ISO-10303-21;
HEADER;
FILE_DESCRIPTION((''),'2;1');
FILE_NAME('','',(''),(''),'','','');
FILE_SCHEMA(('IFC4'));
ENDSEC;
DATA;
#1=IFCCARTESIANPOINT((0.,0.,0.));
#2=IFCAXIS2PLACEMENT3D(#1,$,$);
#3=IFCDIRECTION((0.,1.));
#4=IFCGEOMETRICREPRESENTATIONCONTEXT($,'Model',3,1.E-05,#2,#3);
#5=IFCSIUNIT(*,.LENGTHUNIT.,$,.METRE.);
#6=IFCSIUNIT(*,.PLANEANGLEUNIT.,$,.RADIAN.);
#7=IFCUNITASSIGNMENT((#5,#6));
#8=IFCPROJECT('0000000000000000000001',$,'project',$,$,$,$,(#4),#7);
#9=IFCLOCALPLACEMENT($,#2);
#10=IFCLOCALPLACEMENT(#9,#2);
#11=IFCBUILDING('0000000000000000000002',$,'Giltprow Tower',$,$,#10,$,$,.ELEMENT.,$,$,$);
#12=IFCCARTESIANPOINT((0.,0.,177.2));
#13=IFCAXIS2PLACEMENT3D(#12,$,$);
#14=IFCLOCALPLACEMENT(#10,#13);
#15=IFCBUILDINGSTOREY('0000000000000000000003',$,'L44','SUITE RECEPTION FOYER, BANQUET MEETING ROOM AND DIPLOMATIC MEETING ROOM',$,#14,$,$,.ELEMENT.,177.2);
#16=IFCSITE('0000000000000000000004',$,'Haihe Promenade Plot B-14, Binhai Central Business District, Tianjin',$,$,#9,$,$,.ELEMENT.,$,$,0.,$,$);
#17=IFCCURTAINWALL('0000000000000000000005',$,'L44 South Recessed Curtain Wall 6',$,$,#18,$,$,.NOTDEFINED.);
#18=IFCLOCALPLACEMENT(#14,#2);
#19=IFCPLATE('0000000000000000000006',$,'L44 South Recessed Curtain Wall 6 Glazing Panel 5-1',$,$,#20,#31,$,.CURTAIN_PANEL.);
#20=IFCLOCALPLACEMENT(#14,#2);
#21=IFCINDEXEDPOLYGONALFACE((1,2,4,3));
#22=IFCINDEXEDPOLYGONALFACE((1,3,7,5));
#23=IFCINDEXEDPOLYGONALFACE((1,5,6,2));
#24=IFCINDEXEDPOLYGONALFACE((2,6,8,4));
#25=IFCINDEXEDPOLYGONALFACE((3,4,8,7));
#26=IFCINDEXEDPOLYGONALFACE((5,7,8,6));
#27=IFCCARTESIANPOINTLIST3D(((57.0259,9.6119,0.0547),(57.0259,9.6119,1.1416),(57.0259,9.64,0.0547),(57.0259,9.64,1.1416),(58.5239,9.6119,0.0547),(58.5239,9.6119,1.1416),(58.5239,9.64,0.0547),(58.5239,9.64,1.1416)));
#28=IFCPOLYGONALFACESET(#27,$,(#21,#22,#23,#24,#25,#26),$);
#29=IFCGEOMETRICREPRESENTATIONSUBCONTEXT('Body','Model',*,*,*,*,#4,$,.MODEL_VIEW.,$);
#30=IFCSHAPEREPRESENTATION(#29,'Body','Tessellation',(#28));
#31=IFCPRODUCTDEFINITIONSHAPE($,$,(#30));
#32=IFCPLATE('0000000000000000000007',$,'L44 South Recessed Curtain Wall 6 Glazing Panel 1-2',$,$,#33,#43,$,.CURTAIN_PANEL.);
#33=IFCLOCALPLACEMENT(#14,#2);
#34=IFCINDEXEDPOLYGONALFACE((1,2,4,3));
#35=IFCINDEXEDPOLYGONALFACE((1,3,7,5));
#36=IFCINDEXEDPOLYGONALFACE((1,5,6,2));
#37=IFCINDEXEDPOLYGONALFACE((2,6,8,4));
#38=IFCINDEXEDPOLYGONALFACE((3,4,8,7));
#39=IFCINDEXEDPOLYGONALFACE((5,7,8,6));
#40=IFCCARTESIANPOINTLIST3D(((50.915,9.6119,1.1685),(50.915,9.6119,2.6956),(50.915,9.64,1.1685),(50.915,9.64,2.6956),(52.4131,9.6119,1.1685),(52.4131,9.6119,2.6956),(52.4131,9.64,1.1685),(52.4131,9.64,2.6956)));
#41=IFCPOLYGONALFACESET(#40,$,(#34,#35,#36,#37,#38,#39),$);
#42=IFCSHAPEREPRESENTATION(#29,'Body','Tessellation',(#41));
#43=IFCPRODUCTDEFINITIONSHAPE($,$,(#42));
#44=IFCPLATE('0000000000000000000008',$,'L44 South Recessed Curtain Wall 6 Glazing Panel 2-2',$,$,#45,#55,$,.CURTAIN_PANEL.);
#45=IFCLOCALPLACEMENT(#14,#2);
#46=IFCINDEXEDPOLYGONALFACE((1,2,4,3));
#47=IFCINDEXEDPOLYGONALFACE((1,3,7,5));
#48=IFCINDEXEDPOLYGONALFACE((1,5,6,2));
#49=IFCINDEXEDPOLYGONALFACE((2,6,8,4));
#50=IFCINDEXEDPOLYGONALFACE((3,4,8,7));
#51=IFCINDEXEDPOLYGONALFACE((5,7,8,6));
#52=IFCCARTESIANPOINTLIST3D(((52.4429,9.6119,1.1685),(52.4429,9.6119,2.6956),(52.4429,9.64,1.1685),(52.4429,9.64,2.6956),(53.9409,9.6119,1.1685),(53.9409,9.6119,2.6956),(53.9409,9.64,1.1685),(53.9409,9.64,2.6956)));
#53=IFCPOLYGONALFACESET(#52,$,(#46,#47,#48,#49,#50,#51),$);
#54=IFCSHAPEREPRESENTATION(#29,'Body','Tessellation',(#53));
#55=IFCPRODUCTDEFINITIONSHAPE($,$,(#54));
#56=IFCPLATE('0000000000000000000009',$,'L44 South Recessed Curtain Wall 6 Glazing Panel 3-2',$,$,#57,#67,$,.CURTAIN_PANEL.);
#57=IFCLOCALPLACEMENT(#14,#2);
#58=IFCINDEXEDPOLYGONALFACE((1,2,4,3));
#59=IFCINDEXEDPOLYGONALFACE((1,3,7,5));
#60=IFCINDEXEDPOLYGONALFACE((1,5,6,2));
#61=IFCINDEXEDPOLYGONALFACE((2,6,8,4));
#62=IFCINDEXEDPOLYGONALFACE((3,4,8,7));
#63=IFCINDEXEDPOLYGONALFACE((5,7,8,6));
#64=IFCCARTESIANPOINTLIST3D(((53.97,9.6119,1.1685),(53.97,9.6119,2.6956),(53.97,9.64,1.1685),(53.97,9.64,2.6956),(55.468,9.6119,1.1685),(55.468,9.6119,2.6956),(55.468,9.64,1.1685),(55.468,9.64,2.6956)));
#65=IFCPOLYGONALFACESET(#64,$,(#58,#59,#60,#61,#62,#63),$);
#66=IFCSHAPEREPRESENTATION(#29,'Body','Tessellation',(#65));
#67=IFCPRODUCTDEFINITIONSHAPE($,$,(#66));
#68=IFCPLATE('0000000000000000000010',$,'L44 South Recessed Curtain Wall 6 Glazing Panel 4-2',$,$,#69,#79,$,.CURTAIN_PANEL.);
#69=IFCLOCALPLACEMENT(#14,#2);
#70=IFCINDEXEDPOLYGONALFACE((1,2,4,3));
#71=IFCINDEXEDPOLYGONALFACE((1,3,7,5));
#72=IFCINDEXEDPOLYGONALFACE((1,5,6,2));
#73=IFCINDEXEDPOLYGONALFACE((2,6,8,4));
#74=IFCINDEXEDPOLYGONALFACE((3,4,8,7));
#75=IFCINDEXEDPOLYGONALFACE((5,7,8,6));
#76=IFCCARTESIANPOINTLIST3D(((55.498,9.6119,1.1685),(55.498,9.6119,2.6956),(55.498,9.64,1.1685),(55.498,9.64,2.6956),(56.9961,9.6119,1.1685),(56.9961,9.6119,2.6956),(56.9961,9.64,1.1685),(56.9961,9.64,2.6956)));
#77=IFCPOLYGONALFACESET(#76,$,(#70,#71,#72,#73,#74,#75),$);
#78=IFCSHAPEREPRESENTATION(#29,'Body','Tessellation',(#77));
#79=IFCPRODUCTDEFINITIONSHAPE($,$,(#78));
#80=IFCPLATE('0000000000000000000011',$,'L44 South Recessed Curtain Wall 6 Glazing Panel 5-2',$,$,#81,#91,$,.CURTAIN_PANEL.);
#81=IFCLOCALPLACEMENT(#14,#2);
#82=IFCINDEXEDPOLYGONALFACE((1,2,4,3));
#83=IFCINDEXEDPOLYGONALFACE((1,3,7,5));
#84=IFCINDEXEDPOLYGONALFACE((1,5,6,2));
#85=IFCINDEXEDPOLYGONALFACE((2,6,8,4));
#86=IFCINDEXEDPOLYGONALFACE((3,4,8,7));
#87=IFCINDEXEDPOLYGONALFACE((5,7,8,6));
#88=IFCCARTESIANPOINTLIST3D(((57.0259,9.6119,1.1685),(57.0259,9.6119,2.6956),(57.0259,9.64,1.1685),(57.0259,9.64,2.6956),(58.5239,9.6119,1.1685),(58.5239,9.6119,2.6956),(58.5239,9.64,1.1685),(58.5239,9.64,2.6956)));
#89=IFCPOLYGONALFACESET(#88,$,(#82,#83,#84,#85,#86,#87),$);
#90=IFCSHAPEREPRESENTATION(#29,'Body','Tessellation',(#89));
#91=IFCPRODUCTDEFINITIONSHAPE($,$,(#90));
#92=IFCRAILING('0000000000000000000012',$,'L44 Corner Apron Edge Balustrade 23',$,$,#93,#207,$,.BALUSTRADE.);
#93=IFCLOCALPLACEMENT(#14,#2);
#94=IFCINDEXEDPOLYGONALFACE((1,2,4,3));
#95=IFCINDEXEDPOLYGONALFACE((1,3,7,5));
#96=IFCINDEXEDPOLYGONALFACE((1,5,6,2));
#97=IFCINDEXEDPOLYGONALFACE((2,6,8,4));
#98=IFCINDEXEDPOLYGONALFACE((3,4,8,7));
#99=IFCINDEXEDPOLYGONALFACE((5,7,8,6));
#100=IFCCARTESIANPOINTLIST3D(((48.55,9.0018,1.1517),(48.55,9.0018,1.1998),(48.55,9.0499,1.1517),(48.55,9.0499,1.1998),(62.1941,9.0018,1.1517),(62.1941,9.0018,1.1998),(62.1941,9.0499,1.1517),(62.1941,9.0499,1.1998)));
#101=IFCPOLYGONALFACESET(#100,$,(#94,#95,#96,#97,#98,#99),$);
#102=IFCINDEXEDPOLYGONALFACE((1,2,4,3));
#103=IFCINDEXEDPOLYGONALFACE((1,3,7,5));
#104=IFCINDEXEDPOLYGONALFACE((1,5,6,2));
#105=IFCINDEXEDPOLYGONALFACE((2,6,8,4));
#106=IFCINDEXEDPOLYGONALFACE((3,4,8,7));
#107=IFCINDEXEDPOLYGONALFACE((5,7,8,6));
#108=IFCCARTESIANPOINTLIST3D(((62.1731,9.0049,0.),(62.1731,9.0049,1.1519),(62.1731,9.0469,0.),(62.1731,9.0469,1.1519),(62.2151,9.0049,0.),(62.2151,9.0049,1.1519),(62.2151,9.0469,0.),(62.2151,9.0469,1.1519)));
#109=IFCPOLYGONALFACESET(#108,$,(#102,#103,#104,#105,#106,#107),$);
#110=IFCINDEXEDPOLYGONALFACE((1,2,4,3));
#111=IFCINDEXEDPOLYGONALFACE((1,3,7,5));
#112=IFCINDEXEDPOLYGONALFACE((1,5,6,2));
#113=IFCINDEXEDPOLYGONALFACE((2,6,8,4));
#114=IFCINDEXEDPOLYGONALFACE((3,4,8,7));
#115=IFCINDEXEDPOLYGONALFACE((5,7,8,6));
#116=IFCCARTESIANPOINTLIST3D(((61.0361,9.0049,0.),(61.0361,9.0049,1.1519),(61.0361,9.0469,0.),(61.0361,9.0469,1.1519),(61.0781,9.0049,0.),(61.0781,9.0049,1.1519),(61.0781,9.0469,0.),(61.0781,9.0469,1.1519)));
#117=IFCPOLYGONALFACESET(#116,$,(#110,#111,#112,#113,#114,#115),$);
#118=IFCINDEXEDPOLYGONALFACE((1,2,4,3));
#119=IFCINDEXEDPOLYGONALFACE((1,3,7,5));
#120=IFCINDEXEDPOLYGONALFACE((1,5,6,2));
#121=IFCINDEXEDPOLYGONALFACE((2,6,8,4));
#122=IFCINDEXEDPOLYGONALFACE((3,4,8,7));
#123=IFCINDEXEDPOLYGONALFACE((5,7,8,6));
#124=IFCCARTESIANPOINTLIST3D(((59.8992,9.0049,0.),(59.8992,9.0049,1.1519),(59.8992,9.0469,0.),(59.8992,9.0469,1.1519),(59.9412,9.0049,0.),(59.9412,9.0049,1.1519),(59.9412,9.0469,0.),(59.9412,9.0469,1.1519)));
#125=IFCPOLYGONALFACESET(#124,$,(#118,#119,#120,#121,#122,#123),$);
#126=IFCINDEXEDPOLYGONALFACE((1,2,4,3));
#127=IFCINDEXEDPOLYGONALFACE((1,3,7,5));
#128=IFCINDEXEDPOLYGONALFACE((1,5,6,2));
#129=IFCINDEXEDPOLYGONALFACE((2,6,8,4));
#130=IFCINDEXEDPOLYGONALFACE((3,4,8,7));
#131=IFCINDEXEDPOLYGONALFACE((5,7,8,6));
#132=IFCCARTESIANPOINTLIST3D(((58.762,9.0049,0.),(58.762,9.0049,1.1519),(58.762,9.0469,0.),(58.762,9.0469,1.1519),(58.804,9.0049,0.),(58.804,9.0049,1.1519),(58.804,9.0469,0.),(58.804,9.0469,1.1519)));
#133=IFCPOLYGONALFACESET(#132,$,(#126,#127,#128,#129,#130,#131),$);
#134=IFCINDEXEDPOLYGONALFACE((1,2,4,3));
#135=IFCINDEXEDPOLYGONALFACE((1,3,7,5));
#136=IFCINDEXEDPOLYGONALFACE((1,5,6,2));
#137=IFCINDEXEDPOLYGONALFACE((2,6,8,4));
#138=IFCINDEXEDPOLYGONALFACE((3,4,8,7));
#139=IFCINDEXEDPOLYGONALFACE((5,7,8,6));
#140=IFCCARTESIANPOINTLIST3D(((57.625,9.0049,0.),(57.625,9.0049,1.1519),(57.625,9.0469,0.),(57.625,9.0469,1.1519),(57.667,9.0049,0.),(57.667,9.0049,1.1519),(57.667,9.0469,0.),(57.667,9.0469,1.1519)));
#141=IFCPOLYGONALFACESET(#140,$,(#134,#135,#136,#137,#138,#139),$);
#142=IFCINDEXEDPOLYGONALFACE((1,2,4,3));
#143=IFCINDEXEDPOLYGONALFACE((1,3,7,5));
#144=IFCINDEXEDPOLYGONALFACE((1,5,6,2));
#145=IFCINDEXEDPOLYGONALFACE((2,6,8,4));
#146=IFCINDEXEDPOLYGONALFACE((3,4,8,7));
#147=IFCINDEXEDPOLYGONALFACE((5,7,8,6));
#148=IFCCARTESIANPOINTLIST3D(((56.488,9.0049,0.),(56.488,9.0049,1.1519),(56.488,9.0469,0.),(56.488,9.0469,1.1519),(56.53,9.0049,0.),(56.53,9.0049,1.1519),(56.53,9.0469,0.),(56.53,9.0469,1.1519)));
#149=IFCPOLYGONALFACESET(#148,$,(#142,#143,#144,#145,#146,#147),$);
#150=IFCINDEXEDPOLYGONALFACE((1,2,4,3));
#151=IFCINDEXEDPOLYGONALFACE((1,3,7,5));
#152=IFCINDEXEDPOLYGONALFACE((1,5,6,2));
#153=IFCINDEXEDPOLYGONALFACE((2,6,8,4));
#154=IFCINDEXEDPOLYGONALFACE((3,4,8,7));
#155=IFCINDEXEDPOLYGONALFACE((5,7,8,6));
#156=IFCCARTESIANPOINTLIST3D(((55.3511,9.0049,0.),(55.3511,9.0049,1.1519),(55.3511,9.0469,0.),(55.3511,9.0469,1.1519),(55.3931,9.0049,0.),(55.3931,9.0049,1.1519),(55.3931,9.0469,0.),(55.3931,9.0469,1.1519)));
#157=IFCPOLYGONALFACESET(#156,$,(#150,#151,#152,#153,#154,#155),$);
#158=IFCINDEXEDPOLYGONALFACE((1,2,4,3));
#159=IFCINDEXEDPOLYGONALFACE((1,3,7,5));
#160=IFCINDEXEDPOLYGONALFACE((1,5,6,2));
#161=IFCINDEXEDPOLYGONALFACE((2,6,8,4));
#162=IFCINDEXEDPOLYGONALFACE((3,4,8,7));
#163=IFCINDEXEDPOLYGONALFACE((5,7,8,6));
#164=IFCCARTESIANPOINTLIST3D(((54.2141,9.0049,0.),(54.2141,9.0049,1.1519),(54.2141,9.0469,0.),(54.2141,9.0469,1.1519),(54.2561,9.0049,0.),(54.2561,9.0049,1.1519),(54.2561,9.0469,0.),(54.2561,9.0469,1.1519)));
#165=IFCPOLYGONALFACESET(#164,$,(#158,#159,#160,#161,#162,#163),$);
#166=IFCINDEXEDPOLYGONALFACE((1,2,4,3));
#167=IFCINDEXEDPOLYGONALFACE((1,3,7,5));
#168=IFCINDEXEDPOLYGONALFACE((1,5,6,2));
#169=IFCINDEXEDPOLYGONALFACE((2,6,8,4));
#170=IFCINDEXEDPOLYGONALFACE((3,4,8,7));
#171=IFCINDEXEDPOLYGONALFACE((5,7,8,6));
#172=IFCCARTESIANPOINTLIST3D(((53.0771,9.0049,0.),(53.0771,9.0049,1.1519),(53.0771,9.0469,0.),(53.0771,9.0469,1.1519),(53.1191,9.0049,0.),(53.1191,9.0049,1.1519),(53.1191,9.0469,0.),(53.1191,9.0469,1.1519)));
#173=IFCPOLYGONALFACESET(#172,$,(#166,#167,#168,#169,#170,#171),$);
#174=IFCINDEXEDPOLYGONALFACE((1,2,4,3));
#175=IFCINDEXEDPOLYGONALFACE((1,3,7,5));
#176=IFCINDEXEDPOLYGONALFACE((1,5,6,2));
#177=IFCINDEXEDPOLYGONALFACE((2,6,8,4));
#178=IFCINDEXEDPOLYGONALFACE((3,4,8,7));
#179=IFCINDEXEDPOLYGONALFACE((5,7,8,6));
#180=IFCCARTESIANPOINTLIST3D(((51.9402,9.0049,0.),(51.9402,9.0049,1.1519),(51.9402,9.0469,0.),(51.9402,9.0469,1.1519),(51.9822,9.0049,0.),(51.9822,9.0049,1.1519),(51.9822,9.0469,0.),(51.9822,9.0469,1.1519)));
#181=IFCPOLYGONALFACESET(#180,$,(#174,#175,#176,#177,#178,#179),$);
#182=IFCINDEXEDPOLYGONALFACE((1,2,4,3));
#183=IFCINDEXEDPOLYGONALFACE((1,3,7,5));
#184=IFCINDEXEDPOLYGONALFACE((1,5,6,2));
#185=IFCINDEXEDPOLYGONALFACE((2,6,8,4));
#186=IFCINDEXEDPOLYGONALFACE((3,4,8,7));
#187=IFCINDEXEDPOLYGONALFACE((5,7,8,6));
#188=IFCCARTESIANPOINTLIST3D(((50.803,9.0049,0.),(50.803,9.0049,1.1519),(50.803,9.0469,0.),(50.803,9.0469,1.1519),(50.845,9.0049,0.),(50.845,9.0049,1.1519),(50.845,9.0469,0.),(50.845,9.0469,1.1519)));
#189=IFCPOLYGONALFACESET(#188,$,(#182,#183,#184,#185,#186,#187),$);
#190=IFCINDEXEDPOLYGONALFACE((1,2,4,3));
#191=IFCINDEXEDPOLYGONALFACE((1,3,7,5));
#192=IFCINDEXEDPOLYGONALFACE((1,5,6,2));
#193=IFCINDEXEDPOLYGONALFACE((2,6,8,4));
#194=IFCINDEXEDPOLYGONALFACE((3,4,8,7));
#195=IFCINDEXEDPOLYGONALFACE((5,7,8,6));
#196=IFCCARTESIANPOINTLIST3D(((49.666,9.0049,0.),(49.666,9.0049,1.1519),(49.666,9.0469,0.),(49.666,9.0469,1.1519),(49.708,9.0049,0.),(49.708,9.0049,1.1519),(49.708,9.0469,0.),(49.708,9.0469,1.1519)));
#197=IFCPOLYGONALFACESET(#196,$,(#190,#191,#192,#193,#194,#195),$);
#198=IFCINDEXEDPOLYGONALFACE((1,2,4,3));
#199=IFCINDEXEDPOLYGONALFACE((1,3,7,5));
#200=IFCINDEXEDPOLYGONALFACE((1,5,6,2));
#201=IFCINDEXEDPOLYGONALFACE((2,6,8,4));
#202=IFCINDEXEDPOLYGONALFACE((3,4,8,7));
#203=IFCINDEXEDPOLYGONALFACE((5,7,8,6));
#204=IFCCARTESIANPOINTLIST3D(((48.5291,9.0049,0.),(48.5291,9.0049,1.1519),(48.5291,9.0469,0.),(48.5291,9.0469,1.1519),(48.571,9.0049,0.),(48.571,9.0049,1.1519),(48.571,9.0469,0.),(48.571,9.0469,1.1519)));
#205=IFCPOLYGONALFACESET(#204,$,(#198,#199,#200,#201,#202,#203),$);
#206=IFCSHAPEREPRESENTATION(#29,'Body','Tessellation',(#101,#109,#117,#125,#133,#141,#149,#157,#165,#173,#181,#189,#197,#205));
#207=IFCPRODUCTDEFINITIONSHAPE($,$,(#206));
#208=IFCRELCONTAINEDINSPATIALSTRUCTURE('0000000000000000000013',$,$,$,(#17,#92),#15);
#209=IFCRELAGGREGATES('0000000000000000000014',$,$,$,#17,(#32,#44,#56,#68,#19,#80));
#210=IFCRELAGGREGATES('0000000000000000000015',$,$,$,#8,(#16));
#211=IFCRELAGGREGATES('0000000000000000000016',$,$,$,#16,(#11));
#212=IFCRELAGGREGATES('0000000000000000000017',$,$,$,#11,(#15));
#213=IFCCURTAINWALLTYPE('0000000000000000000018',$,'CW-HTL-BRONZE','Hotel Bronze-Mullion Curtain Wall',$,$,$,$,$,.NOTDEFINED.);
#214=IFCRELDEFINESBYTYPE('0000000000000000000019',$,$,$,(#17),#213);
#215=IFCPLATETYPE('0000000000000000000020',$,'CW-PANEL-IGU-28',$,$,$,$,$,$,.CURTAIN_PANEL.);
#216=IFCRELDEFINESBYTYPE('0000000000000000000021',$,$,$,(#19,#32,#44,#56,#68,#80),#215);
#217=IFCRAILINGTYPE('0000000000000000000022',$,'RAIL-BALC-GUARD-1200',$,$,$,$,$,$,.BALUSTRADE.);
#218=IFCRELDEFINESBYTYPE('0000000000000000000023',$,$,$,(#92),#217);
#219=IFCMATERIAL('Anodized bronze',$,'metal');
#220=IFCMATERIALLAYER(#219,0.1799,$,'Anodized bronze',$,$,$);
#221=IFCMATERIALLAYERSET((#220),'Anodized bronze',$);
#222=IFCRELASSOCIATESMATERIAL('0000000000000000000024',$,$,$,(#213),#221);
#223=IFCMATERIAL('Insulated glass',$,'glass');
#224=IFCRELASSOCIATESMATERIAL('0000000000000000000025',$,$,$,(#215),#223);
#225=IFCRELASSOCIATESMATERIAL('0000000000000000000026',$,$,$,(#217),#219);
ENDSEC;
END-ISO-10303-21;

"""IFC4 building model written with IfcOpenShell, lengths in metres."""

from ifc_helpers import new_model, si_unit, direction, frame, origin, origin_2d, place, context, subcontext, project, spatial, rectangle, extrude, source, transform, mapped, material, layer, layer_set, type_object, element, aggregate, save


model = new_model("IFC4")

# Units and contexts
model_context = context("Model", 3, precision=1e-05, world=origin(), true_north=direction((0.0, 1.0)))
body_context = subcontext(model_context, "Body", "Model", "MODEL_VIEW")
ifc_project = project(units=[si_unit("LENGTHUNIT", "METRE"), si_unit("PLANEANGLEUNIT", "RADIAN")], contexts=[model_context])

# Site, building, storey
site_placement = place(None, origin())
site = spatial("IfcSite", under=ifc_project, at=site_placement, Name="Haihe Promenade Plot B-14, Binhai Central Business District, Tianjin", CompositionType="ELEMENT", RefElevation=0.0)
building_placement = place(site_placement, origin())
building = spatial("IfcBuilding", under=site, at=building_placement, Name="Giltprow Tower", CompositionType="ELEMENT")
storey_placement = place(building_placement, frame((0.0, 0.0, 177.2)))
storey = spatial("IfcBuildingStorey", under=building, at=storey_placement, Name="L44", Description="SUITE RECEPTION FOYER, BANQUET MEETING ROOM AND DIPLOMATIC MEETING ROOM", CompositionType="ELEMENT", Elevation=177.2)

# Curtain wall, plates
ifc_material_1 = material(Name="Anodized bronze", Category="metal")
ifc_layer = layer(ifc_material_1, 0.1799, Name="Anodized bronze")
ifc_layer_set = layer_set([ifc_layer], Name="Anodized bronze")
curtain_wall_type = type_object("IfcCurtainWallType", Name="CW-HTL-BRONZE", Description="Hotel Bronze-Mullion Curtain Wall", PredefinedType="NOTDEFINED", material=ifc_layer_set)
curtain_wall_placement = place(storey_placement, origin())
curtain_wall = element("IfcCurtainWall", 1, at=curtain_wall_placement, inside=storey, type_object=curtain_wall_type, Name="L44 South Recessed Curtain Wall 6", PredefinedType="NOTDEFINED")
ifc_material_2 = material(Name="Insulated glass", Category="glass")
plate_type = type_object("IfcPlateType", Name="CW-PANEL-IGU-28", PredefinedType="CURTAIN_PANEL", material=ifc_material_2)
shared_shape_1 = source(origin(), body_context, "Body", "SweptSolid", [
    extrude(rectangle(XDim=1.498, YDim=0.0281, at=origin_2d()), origin(), (0.0, 0.0, 1.0), 1.0869),
])
plate_1_placement = place(storey_placement, frame((57.7749, 9.626, 0.0547), z_axis=(0.0, 0.0, 1.0), x_axis=(1.0, 0.0, 0.0)))
plate_1 = element("IfcPlate", 2, at=plate_1_placement, type_object=plate_type, Name="L44 South Recessed Curtain Wall 6 Glazing Panel 5-1", PredefinedType="CURTAIN_PANEL", context=body_context, shape_type="MappedRepresentation", body=[
    mapped(shared_shape_1, transform((0.0, 0.0, 0.0), x_axis=(1.0, 0.0, 0.0), y_axis=(0.0, 1.0, 0.0), z_axis=(0.0, 0.0, 1.0), scale=1.0)),
])
shared_shape_2 = source(origin(), body_context, "Body", "SweptSolid", [
    extrude(rectangle(XDim=1.498, YDim=0.0281, at=origin_2d()), origin(), (0.0, 0.0, 1.0), 1.5271),
])
plate_2_placement = place(storey_placement, frame((51.6641, 9.626, 1.1685), z_axis=(0.0, 0.0, 1.0), x_axis=(1.0, 0.0, 0.0)))
plate_2 = element("IfcPlate", 3, at=plate_2_placement, type_object=plate_type, Name="L44 South Recessed Curtain Wall 6 Glazing Panel 1-2", PredefinedType="CURTAIN_PANEL", context=body_context, shape_type="MappedRepresentation", body=[
    mapped(shared_shape_2, transform((0.0, 0.0, 0.0), x_axis=(1.0, 0.0, 0.0), y_axis=(0.0, 1.0, 0.0), z_axis=(0.0, 0.0, 1.0), scale=1.0)),
])
plate_3_placement = place(storey_placement, frame((53.1919, 9.626, 1.1685), z_axis=(0.0, 0.0, 1.0), x_axis=(1.0, 0.0, 0.0)))
plate_3 = element("IfcPlate", 4, at=plate_3_placement, type_object=plate_type, Name="L44 South Recessed Curtain Wall 6 Glazing Panel 2-2", PredefinedType="CURTAIN_PANEL", context=body_context, shape_type="MappedRepresentation", body=[
    mapped(shared_shape_2, transform((0.0, 0.0, 0.0), x_axis=(1.0, 0.0, 0.0), y_axis=(0.0, 1.0, 0.0), z_axis=(0.0, 0.0, 1.0), scale=1.0)),
])
plate_4_placement = place(storey_placement, frame((54.719, 9.626, 1.1685), z_axis=(0.0, 0.0, 1.0), x_axis=(1.0, 0.0, 0.0)))
plate_4 = element("IfcPlate", 5, at=plate_4_placement, type_object=plate_type, Name="L44 South Recessed Curtain Wall 6 Glazing Panel 3-2", PredefinedType="CURTAIN_PANEL", context=body_context, shape_type="MappedRepresentation", body=[
    mapped(shared_shape_2, transform((0.0, 0.0, 0.0), x_axis=(1.0, 0.0, 0.0), y_axis=(0.0, 1.0, 0.0), z_axis=(0.0, 0.0, 1.0), scale=1.0)),
])
plate_5_placement = place(storey_placement, frame((56.2471, 9.626, 1.1685), z_axis=(0.0, 0.0, 1.0), x_axis=(1.0, 0.0, 0.0)))
plate_5 = element("IfcPlate", 6, at=plate_5_placement, type_object=plate_type, Name="L44 South Recessed Curtain Wall 6 Glazing Panel 4-2", PredefinedType="CURTAIN_PANEL", context=body_context, shape_type="MappedRepresentation", body=[
    mapped(shared_shape_2, transform((0.0, 0.0, 0.0), x_axis=(1.0, 0.0, 0.0), y_axis=(0.0, 1.0, 0.0), z_axis=(0.0, 0.0, 1.0), scale=1.0)),
])
plate_6_placement = place(storey_placement, frame((57.7749, 9.626, 1.1685), z_axis=(0.0, 0.0, 1.0), x_axis=(1.0, 0.0, 0.0)))
plate_6 = element("IfcPlate", 7, at=plate_6_placement, type_object=plate_type, Name="L44 South Recessed Curtain Wall 6 Glazing Panel 5-2", PredefinedType="CURTAIN_PANEL", context=body_context, shape_type="MappedRepresentation", body=[
    mapped(shared_shape_2, transform((0.0, 0.0, 0.0), x_axis=(1.0, 0.0, 0.0), y_axis=(0.0, 1.0, 0.0), z_axis=(0.0, 0.0, 1.0), scale=1.0)),
])
aggregate(curtain_wall, [plate_2, plate_3, plate_4, plate_5, plate_1, plate_6])

# Railing
railing_type = type_object("IfcRailingType", Name="RAIL-BALC-GUARD-1200", PredefinedType="BALUSTRADE", material=ifc_material_1)
railing_placement = place(storey_placement, frame((62.1941, 9.0259, 0.0)))
element("IfcRailing", 8, at=railing_placement, inside=storey, type_object=railing_type, Name="L44 Corner Apron Edge Balustrade 23", PredefinedType="BALUSTRADE", context=body_context, shape_type="SweptSolid", body=[
    extrude(rectangle(XDim=0.0481, YDim=0.0481, at=origin_2d()), frame((0.0, 0.0, 1.1758), z_axis=(-1.0, 0.0, 0.0), x_axis=(0.0, -1.0, 0.0)), (0.0, 0.0, 1.0), 13.644),
    extrude(rectangle(XDim=0.042, YDim=0.042, at=origin_2d()), origin(), (0.0, 0.0, 1.0), 1.1519),
    extrude(rectangle(XDim=0.042, YDim=0.042, at=origin_2d()), frame((-1.137, 0.0, 0.0)), (0.0, 0.0, 1.0), 1.1519),
    extrude(rectangle(XDim=0.042, YDim=0.042, at=origin_2d()), frame((-2.2739, 0.0, 0.0)), (0.0, 0.0, 1.0), 1.1519),
    extrude(rectangle(XDim=0.042, YDim=0.042, at=origin_2d()), frame((-3.4111, 0.0, 0.0)), (0.0, 0.0, 1.0), 1.1519),
    extrude(rectangle(XDim=0.042, YDim=0.042, at=origin_2d()), frame((-4.5481, 0.0, 0.0)), (0.0, 0.0, 1.0), 1.1519),
    extrude(rectangle(XDim=0.042, YDim=0.042, at=origin_2d()), frame((-5.6851, 0.0, 0.0)), (0.0, 0.0, 1.0), 1.1519),
    extrude(rectangle(XDim=0.042, YDim=0.042, at=origin_2d()), frame((-6.822, 0.0, 0.0)), (0.0, 0.0, 1.0), 1.1519),
    extrude(rectangle(XDim=0.042, YDim=0.042, at=origin_2d()), frame((-7.959, 0.0, 0.0)), (0.0, 0.0, 1.0), 1.1519),
    extrude(rectangle(XDim=0.042, YDim=0.042, at=origin_2d()), frame((-9.0959, 0.0, 0.0)), (0.0, 0.0, 1.0), 1.1519),
    extrude(rectangle(XDim=0.042, YDim=0.042, at=origin_2d()), frame((-10.2329, 0.0, 0.0)), (0.0, 0.0, 1.0), 1.1519),
    extrude(rectangle(XDim=0.042, YDim=0.042, at=origin_2d()), frame((-11.3701, 0.0, 0.0)), (0.0, 0.0, 1.0), 1.1519),
    extrude(rectangle(XDim=0.042, YDim=0.042, at=origin_2d()), frame((-12.5071, 0.0, 0.0)), (0.0, 0.0, 1.0), 1.1519),
    extrude(rectangle(XDim=0.042, YDim=0.042, at=origin_2d()), frame((-13.644, 0.0, 0.0)), (0.0, 0.0, 1.0), 1.1519),
])

save(model, "model.ifc")
